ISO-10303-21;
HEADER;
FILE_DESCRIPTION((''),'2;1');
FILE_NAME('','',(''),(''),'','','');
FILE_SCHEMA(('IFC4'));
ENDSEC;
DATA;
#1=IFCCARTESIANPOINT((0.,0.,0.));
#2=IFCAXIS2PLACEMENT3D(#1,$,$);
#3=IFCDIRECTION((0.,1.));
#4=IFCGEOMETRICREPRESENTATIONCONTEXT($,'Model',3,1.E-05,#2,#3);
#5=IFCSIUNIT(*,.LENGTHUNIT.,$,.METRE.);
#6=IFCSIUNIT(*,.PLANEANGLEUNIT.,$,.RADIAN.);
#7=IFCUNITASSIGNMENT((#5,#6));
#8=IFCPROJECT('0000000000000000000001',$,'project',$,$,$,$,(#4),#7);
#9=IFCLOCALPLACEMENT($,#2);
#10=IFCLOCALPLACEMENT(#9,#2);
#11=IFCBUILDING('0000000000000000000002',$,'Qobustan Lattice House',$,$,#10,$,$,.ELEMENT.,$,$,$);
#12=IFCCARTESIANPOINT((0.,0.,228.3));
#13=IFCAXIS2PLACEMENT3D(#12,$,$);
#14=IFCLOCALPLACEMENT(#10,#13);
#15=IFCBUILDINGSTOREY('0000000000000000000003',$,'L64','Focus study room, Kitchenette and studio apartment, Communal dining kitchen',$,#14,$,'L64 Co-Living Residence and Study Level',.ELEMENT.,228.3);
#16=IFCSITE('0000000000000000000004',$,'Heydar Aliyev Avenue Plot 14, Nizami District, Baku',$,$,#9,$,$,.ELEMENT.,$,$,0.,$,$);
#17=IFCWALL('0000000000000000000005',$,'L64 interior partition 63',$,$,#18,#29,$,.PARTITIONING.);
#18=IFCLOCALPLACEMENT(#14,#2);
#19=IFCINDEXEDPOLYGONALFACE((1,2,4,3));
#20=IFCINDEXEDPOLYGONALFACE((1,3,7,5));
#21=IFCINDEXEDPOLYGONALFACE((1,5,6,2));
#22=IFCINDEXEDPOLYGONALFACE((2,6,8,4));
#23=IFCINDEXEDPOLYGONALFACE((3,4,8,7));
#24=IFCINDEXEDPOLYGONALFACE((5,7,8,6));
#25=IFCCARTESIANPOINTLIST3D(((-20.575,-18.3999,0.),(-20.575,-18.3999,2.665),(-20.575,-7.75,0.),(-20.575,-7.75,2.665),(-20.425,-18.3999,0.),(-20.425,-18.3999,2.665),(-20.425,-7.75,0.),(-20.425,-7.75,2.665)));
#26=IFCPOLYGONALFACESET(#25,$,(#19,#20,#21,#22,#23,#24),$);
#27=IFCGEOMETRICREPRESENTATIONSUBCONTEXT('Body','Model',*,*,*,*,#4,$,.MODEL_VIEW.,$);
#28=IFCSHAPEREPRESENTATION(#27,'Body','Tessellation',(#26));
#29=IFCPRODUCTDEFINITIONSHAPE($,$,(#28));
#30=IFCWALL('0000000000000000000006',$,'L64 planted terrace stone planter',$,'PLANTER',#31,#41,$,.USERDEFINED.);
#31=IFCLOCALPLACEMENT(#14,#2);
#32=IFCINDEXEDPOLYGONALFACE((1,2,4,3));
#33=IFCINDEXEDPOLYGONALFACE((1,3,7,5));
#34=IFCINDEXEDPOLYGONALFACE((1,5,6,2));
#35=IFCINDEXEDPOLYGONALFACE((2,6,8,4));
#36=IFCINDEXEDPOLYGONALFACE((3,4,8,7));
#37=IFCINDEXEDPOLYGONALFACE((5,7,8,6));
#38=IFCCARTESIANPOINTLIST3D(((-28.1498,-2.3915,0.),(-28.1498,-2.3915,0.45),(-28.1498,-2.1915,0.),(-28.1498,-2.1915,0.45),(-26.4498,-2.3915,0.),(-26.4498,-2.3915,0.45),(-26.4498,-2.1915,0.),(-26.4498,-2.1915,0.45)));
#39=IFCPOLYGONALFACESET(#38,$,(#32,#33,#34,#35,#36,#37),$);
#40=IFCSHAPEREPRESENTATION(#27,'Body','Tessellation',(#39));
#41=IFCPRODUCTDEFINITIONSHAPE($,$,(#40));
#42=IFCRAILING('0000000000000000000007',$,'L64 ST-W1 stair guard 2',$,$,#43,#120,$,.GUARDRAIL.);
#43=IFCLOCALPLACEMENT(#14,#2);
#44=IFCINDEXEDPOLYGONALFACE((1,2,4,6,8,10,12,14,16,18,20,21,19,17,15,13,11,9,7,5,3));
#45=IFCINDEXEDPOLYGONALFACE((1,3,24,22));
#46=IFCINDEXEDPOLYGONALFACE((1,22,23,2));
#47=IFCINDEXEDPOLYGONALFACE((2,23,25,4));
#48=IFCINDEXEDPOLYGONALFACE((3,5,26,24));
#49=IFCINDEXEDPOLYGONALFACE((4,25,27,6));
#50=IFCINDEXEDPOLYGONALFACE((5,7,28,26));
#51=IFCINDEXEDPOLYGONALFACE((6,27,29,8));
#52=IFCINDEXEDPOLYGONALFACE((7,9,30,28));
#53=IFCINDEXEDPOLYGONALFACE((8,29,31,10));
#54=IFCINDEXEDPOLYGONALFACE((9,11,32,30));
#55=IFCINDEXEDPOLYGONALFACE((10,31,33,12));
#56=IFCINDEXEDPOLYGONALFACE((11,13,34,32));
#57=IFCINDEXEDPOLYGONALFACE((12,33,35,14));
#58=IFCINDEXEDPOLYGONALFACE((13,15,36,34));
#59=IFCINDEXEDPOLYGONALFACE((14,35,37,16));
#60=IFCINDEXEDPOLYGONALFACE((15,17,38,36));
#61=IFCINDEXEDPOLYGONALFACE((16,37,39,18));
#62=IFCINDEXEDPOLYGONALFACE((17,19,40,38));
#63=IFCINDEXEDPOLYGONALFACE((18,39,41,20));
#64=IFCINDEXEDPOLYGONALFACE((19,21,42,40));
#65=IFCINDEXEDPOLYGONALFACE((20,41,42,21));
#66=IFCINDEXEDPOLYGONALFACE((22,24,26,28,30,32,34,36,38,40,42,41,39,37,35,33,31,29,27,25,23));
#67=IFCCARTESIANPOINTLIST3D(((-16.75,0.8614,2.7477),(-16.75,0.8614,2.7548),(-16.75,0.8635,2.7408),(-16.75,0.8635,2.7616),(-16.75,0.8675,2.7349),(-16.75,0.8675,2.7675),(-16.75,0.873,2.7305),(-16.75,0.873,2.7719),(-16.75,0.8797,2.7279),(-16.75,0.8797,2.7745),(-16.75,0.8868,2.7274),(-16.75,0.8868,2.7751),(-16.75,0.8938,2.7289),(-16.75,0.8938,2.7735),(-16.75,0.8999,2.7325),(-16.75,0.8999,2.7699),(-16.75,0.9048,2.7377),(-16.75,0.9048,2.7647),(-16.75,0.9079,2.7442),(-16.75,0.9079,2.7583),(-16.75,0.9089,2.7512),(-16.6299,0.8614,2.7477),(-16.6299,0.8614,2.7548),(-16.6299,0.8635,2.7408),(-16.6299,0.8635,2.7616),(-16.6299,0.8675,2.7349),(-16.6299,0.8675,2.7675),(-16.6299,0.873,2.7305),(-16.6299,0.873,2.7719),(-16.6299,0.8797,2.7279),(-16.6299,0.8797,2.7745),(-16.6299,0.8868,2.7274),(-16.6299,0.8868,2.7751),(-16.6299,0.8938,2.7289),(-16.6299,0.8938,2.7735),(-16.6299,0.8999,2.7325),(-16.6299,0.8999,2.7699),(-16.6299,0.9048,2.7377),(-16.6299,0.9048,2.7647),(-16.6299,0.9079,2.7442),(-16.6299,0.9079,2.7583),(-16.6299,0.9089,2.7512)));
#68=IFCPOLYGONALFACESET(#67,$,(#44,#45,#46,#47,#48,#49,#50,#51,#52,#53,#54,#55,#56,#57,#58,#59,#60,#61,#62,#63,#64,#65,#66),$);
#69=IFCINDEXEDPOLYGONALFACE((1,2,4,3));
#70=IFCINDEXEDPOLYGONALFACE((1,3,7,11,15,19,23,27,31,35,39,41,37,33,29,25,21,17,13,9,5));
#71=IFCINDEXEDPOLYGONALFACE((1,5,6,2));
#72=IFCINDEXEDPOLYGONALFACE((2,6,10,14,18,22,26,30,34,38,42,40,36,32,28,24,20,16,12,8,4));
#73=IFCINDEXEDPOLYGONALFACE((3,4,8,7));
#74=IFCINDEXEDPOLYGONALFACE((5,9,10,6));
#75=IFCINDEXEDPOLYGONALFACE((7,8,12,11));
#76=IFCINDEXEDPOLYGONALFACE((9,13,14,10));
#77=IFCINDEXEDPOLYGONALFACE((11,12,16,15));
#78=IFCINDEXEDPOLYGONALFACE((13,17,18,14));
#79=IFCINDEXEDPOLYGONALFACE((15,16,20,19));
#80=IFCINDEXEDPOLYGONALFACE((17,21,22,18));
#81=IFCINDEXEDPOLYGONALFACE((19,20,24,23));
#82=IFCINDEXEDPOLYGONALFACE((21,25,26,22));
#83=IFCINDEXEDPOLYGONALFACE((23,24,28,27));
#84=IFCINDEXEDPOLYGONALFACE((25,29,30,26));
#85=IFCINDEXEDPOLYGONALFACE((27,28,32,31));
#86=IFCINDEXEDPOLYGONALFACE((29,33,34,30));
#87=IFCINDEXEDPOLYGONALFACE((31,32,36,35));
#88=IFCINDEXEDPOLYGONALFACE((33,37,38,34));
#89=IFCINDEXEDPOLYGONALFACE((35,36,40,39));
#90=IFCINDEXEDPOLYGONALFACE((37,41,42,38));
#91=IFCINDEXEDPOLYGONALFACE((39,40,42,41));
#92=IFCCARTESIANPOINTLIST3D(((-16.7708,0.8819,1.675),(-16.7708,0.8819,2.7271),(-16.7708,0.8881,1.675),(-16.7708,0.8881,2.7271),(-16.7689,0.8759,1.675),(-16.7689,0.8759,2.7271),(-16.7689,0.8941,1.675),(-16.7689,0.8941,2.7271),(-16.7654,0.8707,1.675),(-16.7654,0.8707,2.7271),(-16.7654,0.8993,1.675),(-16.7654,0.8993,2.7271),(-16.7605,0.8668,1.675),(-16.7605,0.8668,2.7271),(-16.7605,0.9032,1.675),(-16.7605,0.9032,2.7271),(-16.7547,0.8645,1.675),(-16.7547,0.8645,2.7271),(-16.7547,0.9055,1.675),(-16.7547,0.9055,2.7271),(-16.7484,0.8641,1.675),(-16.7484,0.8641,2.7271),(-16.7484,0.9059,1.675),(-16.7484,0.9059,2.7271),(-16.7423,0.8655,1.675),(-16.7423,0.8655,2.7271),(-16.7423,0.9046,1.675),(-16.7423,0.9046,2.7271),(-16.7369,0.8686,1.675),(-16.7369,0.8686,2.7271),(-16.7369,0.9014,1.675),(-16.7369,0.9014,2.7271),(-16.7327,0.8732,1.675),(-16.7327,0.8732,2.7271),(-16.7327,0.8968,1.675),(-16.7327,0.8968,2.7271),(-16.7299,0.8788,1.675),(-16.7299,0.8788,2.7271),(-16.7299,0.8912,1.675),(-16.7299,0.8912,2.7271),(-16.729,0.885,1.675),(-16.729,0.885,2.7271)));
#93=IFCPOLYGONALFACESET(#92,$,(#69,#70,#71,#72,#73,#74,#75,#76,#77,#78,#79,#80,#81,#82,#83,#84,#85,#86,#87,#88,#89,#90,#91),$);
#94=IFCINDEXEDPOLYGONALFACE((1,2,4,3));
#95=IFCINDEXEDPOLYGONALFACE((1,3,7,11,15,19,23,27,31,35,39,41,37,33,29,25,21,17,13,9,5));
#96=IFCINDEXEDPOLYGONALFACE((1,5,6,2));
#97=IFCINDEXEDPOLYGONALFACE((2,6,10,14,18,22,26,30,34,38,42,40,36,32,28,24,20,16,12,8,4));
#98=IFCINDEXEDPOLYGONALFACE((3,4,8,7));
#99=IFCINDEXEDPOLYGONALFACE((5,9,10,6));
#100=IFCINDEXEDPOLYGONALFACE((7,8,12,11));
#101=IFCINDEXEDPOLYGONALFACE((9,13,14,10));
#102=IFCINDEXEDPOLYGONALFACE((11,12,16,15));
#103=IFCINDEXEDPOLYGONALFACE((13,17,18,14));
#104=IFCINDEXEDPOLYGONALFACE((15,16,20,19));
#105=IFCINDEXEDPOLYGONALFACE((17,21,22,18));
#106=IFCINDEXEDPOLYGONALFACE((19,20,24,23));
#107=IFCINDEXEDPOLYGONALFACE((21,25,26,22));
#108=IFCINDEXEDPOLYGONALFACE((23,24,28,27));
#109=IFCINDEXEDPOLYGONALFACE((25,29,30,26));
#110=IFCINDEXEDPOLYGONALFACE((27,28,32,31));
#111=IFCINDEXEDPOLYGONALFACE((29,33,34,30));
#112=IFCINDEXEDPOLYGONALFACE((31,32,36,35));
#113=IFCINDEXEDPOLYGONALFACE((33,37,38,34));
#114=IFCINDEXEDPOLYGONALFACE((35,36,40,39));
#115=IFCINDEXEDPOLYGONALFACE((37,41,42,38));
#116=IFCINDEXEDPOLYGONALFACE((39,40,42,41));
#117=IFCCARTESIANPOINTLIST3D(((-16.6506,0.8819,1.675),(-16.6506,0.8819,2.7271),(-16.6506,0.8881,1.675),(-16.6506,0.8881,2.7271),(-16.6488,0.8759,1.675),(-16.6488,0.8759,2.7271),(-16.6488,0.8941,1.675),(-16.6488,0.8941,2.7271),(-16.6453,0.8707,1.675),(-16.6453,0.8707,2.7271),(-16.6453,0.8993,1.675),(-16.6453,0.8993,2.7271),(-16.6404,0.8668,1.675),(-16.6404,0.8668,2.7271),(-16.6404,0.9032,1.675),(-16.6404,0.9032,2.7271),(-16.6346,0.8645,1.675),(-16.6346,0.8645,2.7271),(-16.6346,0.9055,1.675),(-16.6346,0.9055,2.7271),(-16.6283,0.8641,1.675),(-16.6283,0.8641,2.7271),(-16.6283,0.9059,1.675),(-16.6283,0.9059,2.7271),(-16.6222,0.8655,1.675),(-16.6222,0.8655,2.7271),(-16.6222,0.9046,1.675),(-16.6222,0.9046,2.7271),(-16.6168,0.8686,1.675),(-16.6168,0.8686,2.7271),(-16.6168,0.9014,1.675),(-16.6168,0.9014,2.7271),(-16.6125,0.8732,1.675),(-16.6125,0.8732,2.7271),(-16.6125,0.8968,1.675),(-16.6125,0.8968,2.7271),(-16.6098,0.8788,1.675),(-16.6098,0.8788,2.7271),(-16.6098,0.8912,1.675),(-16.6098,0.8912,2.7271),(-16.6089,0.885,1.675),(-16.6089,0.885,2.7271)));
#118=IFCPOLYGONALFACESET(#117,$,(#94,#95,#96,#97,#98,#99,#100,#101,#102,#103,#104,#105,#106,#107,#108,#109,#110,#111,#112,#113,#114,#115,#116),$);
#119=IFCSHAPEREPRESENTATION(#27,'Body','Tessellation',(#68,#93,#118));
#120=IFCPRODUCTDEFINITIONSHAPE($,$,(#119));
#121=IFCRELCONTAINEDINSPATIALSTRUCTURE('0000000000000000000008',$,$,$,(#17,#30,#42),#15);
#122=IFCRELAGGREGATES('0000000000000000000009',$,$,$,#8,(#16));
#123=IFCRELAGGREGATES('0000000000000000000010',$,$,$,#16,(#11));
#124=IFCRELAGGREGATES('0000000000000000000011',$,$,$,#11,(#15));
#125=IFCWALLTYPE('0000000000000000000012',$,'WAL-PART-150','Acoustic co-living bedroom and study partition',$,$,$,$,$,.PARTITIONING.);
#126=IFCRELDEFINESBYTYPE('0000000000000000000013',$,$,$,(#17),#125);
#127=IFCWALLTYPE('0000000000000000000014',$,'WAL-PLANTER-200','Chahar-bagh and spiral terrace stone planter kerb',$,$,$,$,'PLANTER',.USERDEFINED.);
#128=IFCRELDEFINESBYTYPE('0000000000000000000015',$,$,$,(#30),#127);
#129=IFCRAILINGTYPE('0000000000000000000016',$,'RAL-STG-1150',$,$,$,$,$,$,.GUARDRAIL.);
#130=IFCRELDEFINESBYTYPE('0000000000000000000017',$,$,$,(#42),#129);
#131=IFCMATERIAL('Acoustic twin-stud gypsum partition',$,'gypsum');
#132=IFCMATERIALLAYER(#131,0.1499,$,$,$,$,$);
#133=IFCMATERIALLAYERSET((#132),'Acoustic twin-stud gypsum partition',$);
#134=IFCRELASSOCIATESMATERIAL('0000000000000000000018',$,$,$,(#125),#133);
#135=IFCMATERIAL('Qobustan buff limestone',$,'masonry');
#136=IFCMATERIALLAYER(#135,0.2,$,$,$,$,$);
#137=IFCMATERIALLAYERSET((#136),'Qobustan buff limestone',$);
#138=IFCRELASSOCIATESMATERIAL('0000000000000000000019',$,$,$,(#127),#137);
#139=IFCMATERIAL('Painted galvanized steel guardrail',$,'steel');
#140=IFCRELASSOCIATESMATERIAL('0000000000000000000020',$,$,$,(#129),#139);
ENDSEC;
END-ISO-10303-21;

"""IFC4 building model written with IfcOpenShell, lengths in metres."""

from ifc_helpers import new_model, si_unit, direction, frame, frame_2d, origin, origin_2d, place, context, subcontext, project, spatial, rectangle, circle, extrude, material, layer, layer_set, type_object, element, save


model = new_model("IFC4")

# Units and contexts
model_context = context("Model", 3, precision=1e-05, world=origin(), true_north=direction((0.0, 1.0)))
body_context = subcontext(model_context, "Body", "Model", "MODEL_VIEW")
ifc_project = project(units=[si_unit("LENGTHUNIT", "METRE"), si_unit("PLANEANGLEUNIT", "RADIAN")], contexts=[model_context])

# Site, building, storey
site_placement = place(None, origin())
site = spatial("IfcSite", under=ifc_project, at=site_placement, Name="Heydar Aliyev Avenue Plot 14, Nizami District, Baku", CompositionType="ELEMENT", RefElevation=0.0)
building_placement = place(site_placement, origin())
building = spatial("IfcBuilding", under=site, at=building_placement, Name="Qobustan Lattice House", CompositionType="ELEMENT")
storey_placement = place(building_placement, frame((0.0, 0.0, 228.3)))
storey = spatial("IfcBuildingStorey", under=building, at=storey_placement, Name="L64", Description="Focus study room, Kitchenette and studio apartment, Communal dining kitchen", LongName="L64 Co-Living Residence and Study Level", CompositionType="ELEMENT", Elevation=228.3)

# Shared definitions
ifc_material_1 = material(Name="Acoustic twin-stud gypsum partition", Category="gypsum")
ifc_layer_1 = layer(ifc_material_1, 0.1499)
ifc_layer_set_1 = layer_set([ifc_layer_1], Name="Acoustic twin-stud gypsum partition")
wall_type_1 = type_object("IfcWallType", Name="WAL-PART-150", Description="Acoustic co-living bedroom and study partition", PredefinedType="PARTITIONING", material=ifc_layer_set_1)

# Walls
wall_1_placement = place(storey_placement, frame((-20.5, -7.75, 0.0), z_axis=(0.0, 0.0, 1.0), x_axis=(0.0, -1.0, 0.0)))
element("IfcWall", 1, at=wall_1_placement, inside=storey, type_object=wall_type_1, Name="L64 interior partition 63", PredefinedType="PARTITIONING", context=body_context, shape_type="SweptSolid", body=[
    extrude(rectangle(XDim=10.6499, YDim=0.1499, at=frame_2d((5.325, 0.0))), origin(), (0.0, 0.0, 1.0), 2.665),
])
ifc_material_2 = material(Name="Qobustan buff limestone", Category="masonry")
ifc_layer_2 = layer(ifc_material_2, 0.2)
ifc_layer_set_2 = layer_set([ifc_layer_2], Name="Qobustan buff limestone")
wall_type_2 = type_object("IfcWallType", Name="WAL-PLANTER-200", Description="Chahar-bagh and spiral terrace stone planter kerb", ElementType="PLANTER", PredefinedType="USERDEFINED", material=ifc_layer_set_2)
wall_2_placement = place(storey_placement, frame((-28.1499, -2.2915, 0.0), z_axis=(0.0, 0.0, 1.0), x_axis=(1.0, 0.0, 0.0)))
element("IfcWall", 2, at=wall_2_placement, inside=storey, type_object=wall_type_2, Name="L64 planted terrace stone planter", ObjectType="PLANTER", PredefinedType="USERDEFINED", context=body_context, shape_type="SweptSolid", body=[
    extrude(rectangle(XDim=1.7, YDim=0.2, at=frame_2d((0.8501, 0.0))), origin(), (0.0, 0.0, 1.0), 0.45),
])

# Railing
ifc_material_3 = material(Name="Painted galvanized steel guardrail", Category="steel")
railing_type_1 = type_object("IfcRailingType", Name="RAL-STG-1150", PredefinedType="GUARDRAIL", material=ifc_material_3)
railing_1_placement = place(storey_placement, frame((-16.75, 0.885, 1.675)))
element("IfcRailing", 3, at=railing_1_placement, inside=storey, type_object=railing_type_1, Name="L64 ST-W1 stair guard 2", PredefinedType="GUARDRAIL", context=body_context, shape_type="SweptSolid", body=[
    extrude(circle(Radius=0.0239, at=origin_2d()), frame((0.0, 0.0, 1.0762), z_axis=(1.0, 0.0, 0.0), x_axis=(0.0, 1.0, 0.0)), (0.0, 0.0, 1.0), 0.1201),
    extrude(circle(Radius=0.021, at=origin_2d()), origin(), (0.0, 0.0, 1.0), 1.052),
    extrude(circle(Radius=0.021, at=origin_2d()), frame((0.1201, 0.0, 0.0)), (0.0, 0.0, 1.0), 1.052),
])

save(model, "model.ifc")
